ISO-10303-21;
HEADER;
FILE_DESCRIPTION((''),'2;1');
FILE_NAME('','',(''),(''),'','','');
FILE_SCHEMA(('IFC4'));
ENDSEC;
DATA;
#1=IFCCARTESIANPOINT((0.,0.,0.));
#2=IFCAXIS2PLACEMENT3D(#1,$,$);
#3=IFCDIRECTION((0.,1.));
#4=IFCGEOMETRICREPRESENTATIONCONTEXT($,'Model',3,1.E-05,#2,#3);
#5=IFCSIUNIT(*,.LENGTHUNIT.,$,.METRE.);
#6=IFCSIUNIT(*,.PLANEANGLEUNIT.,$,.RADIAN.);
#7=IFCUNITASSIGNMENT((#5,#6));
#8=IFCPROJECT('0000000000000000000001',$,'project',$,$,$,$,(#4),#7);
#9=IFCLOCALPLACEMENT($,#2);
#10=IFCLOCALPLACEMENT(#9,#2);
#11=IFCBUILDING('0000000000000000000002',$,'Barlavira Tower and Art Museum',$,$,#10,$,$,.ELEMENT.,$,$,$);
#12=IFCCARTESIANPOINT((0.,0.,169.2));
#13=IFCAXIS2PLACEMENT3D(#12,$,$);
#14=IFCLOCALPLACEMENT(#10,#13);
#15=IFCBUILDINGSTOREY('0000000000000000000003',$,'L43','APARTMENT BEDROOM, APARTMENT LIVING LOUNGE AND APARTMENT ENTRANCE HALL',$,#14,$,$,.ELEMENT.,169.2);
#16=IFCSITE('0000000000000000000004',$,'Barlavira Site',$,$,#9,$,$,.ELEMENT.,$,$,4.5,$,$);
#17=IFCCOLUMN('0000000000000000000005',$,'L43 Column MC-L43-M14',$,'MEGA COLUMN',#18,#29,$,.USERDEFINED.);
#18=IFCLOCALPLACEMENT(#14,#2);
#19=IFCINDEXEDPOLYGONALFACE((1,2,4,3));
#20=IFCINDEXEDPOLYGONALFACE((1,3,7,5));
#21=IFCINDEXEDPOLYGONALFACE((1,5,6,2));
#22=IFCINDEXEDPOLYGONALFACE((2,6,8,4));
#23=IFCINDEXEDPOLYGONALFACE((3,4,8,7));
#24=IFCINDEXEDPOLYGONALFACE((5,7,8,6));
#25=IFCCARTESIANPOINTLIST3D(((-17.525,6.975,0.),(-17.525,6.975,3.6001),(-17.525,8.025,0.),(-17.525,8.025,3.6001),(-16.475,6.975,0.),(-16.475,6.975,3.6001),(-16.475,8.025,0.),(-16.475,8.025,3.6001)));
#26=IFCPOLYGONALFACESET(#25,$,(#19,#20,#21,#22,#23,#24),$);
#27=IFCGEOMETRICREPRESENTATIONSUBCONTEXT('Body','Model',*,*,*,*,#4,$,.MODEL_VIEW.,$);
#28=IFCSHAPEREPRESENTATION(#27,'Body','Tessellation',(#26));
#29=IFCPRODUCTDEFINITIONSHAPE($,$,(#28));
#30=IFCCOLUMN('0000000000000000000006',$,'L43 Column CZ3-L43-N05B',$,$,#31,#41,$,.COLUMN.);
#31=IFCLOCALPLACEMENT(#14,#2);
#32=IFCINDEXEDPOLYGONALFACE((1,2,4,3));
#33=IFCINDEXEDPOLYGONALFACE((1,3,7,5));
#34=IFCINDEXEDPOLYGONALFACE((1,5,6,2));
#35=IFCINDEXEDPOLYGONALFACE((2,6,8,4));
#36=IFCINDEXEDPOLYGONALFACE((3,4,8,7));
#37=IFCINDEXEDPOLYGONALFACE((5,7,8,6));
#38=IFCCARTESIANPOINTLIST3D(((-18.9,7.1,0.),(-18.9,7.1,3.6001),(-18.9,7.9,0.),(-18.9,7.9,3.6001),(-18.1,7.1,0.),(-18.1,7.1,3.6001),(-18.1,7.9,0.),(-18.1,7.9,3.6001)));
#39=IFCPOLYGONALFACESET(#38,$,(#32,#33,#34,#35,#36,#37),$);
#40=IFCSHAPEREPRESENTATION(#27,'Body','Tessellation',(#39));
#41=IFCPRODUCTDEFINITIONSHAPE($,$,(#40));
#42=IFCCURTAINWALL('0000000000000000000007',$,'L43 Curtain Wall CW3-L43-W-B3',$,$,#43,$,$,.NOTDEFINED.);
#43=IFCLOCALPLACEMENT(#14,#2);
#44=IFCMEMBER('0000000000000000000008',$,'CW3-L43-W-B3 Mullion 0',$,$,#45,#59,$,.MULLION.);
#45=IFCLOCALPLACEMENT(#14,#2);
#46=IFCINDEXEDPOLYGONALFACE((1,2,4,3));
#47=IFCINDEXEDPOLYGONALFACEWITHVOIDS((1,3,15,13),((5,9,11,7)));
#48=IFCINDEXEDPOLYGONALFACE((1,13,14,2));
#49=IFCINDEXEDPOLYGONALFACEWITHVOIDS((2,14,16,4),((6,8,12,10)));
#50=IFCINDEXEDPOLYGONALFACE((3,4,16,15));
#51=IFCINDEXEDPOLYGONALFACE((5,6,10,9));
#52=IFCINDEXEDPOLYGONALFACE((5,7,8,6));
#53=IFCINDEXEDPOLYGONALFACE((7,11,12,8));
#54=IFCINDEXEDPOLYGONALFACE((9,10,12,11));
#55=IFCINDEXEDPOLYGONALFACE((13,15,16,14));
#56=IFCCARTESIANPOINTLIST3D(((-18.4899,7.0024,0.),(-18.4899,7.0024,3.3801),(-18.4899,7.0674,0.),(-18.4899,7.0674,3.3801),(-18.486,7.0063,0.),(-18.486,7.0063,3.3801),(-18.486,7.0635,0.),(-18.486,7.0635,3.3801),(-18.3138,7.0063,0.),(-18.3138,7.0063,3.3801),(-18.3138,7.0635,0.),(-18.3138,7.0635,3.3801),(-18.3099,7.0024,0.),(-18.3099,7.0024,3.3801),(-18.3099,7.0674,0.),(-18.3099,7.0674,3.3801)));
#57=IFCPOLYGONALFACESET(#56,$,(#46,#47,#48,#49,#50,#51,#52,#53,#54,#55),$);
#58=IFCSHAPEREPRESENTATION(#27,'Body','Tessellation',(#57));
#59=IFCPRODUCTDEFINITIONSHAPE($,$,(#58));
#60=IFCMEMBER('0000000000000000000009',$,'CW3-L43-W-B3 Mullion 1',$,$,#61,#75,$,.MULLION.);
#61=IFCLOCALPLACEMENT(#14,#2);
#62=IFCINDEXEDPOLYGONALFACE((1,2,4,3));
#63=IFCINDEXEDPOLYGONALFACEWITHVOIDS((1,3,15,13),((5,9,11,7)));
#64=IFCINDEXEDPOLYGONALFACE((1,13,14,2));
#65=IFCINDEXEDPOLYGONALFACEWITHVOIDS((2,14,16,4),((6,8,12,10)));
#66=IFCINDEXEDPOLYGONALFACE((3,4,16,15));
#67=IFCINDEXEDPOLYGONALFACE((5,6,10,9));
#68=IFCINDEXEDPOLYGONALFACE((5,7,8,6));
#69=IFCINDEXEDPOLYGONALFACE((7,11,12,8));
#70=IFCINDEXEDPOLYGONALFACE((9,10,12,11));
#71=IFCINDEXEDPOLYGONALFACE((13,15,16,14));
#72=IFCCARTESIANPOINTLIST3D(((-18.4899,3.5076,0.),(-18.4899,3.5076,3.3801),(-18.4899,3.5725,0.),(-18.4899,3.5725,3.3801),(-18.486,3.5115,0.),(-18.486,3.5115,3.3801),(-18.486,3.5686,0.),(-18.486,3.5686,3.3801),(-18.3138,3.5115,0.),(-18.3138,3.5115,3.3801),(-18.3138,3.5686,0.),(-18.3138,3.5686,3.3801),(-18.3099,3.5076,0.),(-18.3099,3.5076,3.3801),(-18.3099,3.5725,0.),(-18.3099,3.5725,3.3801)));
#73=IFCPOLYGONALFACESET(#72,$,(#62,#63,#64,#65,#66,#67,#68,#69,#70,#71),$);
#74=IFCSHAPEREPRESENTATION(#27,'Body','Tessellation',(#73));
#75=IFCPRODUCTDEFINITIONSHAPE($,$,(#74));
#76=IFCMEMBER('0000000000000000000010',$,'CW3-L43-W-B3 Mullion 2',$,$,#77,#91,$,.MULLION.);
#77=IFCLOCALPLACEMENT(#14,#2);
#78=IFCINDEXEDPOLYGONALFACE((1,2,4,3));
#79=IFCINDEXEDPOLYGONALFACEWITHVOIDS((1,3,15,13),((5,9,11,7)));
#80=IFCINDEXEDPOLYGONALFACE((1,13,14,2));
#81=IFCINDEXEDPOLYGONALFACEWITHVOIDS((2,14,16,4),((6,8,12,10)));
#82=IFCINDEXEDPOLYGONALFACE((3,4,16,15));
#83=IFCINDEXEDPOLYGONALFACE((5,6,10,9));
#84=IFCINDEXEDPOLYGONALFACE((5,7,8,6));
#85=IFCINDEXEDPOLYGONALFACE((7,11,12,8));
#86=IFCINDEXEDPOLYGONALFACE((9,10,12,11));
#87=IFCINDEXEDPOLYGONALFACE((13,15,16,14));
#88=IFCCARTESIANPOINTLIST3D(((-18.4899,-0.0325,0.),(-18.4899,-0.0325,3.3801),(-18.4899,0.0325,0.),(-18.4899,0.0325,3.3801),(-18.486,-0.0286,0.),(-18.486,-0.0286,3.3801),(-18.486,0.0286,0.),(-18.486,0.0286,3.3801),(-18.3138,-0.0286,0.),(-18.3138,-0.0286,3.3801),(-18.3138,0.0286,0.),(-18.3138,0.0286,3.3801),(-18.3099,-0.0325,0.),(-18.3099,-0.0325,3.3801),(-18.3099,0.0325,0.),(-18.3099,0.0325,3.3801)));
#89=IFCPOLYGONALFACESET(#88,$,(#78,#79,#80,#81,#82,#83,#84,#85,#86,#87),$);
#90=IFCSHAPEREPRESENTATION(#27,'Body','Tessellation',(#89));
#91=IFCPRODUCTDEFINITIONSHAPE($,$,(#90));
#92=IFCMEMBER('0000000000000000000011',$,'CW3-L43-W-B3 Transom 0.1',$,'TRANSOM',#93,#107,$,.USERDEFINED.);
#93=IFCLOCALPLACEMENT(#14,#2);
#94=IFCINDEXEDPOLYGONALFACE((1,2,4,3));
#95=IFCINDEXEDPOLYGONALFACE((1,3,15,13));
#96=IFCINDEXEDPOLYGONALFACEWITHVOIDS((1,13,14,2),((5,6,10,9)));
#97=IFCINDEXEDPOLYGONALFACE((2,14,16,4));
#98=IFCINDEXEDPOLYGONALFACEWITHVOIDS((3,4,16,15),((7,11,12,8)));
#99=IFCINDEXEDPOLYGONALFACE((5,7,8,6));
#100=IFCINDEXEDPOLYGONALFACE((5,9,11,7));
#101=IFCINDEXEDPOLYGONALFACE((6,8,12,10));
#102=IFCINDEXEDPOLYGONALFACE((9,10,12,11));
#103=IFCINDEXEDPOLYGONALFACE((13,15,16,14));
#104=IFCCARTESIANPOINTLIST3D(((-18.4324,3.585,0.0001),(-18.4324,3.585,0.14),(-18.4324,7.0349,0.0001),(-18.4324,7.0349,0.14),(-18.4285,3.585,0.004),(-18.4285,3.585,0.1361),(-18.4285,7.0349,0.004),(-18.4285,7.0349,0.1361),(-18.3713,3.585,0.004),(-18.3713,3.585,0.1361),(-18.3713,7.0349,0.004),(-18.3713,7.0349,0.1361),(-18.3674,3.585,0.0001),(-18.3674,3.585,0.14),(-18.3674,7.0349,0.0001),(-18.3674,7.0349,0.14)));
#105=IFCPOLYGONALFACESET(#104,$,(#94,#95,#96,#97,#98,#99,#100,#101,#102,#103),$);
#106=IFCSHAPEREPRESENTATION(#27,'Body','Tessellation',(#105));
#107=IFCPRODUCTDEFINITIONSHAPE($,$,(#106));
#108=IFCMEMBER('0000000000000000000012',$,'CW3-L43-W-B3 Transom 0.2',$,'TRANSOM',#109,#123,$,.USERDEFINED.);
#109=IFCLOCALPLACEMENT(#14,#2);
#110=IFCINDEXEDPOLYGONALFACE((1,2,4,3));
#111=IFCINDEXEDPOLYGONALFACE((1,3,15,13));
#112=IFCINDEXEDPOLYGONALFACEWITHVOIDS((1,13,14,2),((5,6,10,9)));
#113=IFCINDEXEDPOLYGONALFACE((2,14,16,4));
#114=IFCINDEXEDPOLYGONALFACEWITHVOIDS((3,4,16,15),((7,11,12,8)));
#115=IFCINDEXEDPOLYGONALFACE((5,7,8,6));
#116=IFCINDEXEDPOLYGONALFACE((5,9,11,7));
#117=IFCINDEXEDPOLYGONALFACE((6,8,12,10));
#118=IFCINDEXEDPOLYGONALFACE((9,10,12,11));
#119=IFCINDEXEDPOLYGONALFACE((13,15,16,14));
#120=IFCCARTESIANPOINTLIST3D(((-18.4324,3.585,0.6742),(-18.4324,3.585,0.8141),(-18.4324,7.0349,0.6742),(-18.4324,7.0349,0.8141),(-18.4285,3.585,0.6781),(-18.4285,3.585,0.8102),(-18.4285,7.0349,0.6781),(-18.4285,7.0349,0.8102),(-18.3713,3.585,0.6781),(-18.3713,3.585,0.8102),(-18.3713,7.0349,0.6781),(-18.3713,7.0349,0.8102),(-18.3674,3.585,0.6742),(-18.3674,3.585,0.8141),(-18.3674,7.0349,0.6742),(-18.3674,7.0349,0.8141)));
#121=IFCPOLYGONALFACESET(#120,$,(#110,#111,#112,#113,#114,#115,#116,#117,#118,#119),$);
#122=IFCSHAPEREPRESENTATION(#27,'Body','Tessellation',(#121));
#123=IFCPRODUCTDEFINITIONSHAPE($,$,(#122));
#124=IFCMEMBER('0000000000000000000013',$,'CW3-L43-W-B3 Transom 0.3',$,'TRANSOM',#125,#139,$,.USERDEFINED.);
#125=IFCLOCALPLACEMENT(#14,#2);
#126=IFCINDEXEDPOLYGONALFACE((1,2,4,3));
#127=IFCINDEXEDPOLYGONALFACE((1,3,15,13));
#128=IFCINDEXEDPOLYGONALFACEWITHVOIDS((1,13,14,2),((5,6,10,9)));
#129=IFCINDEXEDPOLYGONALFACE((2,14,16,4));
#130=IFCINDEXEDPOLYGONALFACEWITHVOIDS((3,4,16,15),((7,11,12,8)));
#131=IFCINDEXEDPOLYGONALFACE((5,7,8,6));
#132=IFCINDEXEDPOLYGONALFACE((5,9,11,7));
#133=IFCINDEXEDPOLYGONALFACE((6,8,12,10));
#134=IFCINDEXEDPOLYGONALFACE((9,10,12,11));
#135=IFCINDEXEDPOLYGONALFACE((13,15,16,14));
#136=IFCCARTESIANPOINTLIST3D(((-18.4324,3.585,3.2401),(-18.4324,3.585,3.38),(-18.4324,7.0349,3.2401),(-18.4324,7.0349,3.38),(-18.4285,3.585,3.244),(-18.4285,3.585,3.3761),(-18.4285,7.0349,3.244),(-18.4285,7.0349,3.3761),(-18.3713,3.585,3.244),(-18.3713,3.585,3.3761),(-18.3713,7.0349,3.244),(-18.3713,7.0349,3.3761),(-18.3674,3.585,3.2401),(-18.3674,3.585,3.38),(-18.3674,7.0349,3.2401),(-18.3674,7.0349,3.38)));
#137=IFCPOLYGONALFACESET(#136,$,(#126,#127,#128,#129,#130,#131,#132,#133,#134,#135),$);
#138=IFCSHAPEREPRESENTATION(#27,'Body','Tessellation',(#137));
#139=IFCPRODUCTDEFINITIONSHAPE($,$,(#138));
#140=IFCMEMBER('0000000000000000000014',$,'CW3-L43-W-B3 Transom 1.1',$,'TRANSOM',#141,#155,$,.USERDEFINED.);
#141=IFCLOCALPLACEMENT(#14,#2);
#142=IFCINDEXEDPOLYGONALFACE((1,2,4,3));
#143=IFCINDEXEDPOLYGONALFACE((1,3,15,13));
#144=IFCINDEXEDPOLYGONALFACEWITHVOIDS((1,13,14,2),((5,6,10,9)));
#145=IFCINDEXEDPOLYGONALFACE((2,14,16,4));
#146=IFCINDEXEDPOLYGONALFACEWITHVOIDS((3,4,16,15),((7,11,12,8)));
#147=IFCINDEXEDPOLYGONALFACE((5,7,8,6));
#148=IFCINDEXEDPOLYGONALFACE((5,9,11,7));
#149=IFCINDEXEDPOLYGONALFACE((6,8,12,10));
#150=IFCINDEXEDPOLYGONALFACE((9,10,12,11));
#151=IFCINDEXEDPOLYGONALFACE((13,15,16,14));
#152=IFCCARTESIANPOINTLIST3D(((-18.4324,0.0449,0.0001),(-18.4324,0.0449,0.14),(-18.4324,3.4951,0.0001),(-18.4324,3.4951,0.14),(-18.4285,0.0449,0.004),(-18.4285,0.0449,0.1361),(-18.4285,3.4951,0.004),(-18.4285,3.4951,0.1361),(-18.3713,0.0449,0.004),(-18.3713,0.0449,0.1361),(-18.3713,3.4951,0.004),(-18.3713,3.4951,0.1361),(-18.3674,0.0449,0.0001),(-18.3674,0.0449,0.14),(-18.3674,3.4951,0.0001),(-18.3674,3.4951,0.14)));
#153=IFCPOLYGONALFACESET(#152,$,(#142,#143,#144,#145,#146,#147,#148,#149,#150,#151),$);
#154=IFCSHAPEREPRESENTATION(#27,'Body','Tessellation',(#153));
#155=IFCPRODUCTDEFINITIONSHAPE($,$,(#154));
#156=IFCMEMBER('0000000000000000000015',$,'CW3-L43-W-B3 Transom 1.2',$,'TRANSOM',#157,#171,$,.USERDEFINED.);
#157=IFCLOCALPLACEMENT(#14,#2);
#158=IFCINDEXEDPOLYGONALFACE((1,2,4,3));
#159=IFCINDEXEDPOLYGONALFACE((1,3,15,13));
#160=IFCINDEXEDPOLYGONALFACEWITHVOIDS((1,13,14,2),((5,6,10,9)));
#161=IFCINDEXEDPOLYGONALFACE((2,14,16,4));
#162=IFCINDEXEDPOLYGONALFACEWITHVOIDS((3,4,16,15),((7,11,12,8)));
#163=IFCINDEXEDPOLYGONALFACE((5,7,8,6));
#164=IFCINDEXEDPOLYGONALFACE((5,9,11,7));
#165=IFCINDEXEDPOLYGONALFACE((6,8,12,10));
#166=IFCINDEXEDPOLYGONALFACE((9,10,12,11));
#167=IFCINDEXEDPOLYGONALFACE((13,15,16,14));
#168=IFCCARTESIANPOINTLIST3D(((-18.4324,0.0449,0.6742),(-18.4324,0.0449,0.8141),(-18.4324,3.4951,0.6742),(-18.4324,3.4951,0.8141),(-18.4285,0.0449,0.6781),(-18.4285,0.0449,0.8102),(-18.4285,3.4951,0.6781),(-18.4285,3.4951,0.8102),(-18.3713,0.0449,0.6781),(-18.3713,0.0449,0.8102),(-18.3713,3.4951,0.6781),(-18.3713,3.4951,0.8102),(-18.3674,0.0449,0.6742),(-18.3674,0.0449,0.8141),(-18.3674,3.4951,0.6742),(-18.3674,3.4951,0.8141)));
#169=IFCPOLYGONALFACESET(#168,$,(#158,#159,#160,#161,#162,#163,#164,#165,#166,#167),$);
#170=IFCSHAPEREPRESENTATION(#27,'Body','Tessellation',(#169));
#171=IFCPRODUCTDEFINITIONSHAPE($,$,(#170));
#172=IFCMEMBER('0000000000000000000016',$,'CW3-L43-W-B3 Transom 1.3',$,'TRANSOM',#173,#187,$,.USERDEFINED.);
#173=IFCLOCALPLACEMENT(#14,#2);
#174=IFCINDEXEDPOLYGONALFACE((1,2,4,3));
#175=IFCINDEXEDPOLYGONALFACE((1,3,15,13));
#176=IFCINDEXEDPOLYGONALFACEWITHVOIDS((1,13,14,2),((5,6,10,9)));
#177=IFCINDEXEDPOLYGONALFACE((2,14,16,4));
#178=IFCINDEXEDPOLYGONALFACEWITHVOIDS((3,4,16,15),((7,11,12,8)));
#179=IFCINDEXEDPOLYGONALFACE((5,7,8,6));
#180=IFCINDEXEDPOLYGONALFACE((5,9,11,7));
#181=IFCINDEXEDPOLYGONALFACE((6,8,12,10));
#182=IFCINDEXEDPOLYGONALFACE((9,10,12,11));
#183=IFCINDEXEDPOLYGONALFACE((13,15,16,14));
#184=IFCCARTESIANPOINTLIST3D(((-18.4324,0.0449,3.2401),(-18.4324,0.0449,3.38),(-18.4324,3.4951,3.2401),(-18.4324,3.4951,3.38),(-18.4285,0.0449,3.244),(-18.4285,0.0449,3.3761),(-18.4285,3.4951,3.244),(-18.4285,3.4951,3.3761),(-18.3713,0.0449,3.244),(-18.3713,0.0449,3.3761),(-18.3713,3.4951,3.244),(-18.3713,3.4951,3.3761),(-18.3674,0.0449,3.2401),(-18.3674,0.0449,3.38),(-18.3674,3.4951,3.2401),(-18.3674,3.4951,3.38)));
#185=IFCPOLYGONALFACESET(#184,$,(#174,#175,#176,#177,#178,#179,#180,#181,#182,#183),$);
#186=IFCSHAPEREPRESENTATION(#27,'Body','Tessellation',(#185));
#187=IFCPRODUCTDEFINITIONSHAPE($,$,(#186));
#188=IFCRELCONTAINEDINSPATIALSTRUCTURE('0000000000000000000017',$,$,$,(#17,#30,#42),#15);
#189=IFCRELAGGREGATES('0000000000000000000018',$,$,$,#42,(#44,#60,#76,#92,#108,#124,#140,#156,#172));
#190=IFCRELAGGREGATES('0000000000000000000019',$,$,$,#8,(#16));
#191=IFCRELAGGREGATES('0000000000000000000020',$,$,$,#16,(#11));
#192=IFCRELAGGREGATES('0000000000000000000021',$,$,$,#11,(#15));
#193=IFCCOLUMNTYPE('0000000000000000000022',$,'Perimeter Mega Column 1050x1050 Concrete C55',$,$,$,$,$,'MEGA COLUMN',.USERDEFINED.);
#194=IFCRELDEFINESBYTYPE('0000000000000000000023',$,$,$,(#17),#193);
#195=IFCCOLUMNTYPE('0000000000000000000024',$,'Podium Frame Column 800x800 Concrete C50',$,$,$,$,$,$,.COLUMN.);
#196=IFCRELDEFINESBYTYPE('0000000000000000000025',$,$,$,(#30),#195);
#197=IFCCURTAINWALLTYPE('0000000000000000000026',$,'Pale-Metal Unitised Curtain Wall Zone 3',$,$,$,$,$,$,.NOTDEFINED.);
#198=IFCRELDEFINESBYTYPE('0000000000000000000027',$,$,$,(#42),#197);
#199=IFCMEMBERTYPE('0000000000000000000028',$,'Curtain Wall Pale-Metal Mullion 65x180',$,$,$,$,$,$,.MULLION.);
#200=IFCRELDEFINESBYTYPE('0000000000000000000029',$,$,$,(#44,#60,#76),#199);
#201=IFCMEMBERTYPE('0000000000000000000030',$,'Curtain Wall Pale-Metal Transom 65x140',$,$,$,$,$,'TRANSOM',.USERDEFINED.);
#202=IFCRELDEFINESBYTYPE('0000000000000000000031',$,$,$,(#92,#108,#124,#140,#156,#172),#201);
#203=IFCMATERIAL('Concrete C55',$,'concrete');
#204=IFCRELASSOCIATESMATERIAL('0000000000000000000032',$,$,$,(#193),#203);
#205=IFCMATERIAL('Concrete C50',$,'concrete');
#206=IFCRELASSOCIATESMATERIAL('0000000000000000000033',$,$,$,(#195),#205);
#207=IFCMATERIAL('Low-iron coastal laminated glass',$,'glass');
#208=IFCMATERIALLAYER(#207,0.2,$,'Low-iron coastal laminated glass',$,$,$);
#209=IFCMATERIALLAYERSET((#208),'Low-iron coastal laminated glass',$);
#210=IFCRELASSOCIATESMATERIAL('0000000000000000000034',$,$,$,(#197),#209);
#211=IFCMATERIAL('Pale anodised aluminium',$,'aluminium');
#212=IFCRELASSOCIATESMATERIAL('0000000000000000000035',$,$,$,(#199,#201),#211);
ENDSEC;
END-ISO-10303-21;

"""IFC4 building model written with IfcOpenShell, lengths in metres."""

from ifc_helpers import new_model, si_unit, direction, frame, origin, origin_2d, place, context, subcontext, project, spatial, rectangle, hollow_rectangle, extrude, material, layer, layer_set, material_profile, profile_set, type_object, element, aggregate, save


model = new_model("IFC4")

# Units and contexts
model_context = context("Model", 3, precision=1e-05, world=origin(), true_north=direction((0.0, 1.0)))
body_context = subcontext(model_context, "Body", "Model", "MODEL_VIEW")
ifc_project = project(units=[si_unit("LENGTHUNIT", "METRE"), si_unit("PLANEANGLEUNIT", "RADIAN")], contexts=[model_context])

# Site, building, storey
site_placement = place(None, origin())
site = spatial("IfcSite", under=ifc_project, at=site_placement, Name="Barlavira Site", CompositionType="ELEMENT", RefElevation=4.5)
building_placement = place(site_placement, origin())
building = spatial("IfcBuilding", under=site, at=building_placement, Name="Barlavira Tower and Art Museum", CompositionType="ELEMENT")
storey_placement = place(building_placement, frame((0.0, 0.0, 169.2)))
storey = spatial("IfcBuildingStorey", under=building, at=storey_placement, Name="L43", Description="APARTMENT BEDROOM, APARTMENT LIVING LOUNGE AND APARTMENT ENTRANCE HALL", CompositionType="ELEMENT", Elevation=169.2)

# Columns
ifc_material_1 = material(Name="Concrete C55", Category="concrete")
ifc_material_profile_1 = material_profile(ifc_material_1, rectangle(XDim=1.05, YDim=1.05, at=origin_2d()), Name="RC-COL 1050x1050")
ifc_profile_set_1 = profile_set([ifc_material_profile_1], Name="Concrete C55")
column_type_1 = type_object("IfcColumnType", Name="Perimeter Mega Column 1050x1050 Concrete C55", ElementType="MEGA COLUMN", PredefinedType="USERDEFINED", material=ifc_profile_set_1)
column_1_placement = place(storey_placement, frame((-17.0, 7.5, 0.0), z_axis=(0.0, 0.0, 1.0), x_axis=(1.0, 0.0, 0.0)))
element("IfcColumn", 1, at=column_1_placement, inside=storey, type_object=column_type_1, Name="L43 Column MC-L43-M14", ObjectType="MEGA COLUMN", PredefinedType="USERDEFINED", context=body_context, shape_type="SweptSolid", body=[
    extrude(rectangle(XDim=1.05, YDim=1.05, at=origin_2d()), origin(), (0.0, 0.0, 1.0), 3.6001),
])
ifc_material_2 = material(Name="Concrete C50", Category="concrete")
ifc_material_profile_2 = material_profile(ifc_material_2, rectangle(XDim=0.8, YDim=0.8, at=origin_2d()), Name="RC-COL 800x800")
ifc_profile_set_2 = profile_set([ifc_material_profile_2], Name="Concrete C50")
column_type_2 = type_object("IfcColumnType", Name="Podium Frame Column 800x800 Concrete C50", PredefinedType="COLUMN", material=ifc_profile_set_2)
column_2_placement = place(storey_placement, frame((-18.5, 7.5, 0.0), z_axis=(0.0, 0.0, 1.0), x_axis=(1.0, 0.0, 0.0)))
element("IfcColumn", 2, at=column_2_placement, inside=storey, type_object=column_type_2, Name="L43 Column CZ3-L43-N05B", PredefinedType="COLUMN", context=body_context, shape_type="SweptSolid", body=[
    extrude(rectangle(XDim=0.8, YDim=0.8, at=origin_2d()), origin(), (0.0, 0.0, 1.0), 3.6001),
])

# Curtain wall, members
ifc_material_3 = material(Name="Low-iron coastal laminated glass", Category="glass")
ifc_layer_1 = layer(ifc_material_3, 0.2, Name="Low-iron coastal laminated glass")
ifc_layer_set_1 = layer_set([ifc_layer_1], Name="Low-iron coastal laminated glass")
curtain_wall_type = type_object("IfcCurtainWallType", Name="Pale-Metal Unitised Curtain Wall Zone 3", PredefinedType="NOTDEFINED", material=ifc_layer_set_1)
curtain_wall_placement = place(storey_placement, origin())
curtain_wall = element("IfcCurtainWall", 3, at=curtain_wall_placement, inside=storey, type_object=curtain_wall_type, Name="L43 Curtain Wall CW3-L43-W-B3", PredefinedType="NOTDEFINED")
ifc_material_4 = material(Name="Pale anodised aluminium", Category="aluminium")
ifc_material_profile_3 = material_profile(ifc_material_4, hollow_rectangle(XDim=0.0649, YDim=0.1799, WallThickness=0.0039, at=origin_2d()), Name="ALU-MULL 65x180x4")
ifc_profile_set_3 = profile_set([ifc_material_profile_3], Name="Pale anodised aluminium")
member_type_1 = type_object("IfcMemberType", Name="Curtain Wall Pale-Metal Mullion 65x180", PredefinedType="MULLION", material=ifc_profile_set_3)
member_1_placement = place(storey_placement, frame((-18.3999, 7.0349, 0.0), z_axis=(0.0, 0.0, 1.0), x_axis=(0.0, -1.0, 0.0)))
member_1 = element("IfcMember", 4, at=member_1_placement, type_object=member_type_1, Name="CW3-L43-W-B3 Mullion 0", PredefinedType="MULLION", context=body_context, shape_type="SweptSolid", body=[
    extrude(hollow_rectangle(XDim=0.0649, YDim=0.1799, WallThickness=0.0039, at=origin_2d()), origin(), (0.0, 0.0, 1.0), 3.3801),
])
member_2_placement = place(storey_placement, frame((-18.3999, 3.54, 0.0), z_axis=(0.0, 0.0, 1.0), x_axis=(0.0, -1.0, 0.0)))
member_2 = element("IfcMember", 5, at=member_2_placement, type_object=member_type_1, Name="CW3-L43-W-B3 Mullion 1", PredefinedType="MULLION", context=body_context, shape_type="SweptSolid", body=[
    extrude(hollow_rectangle(XDim=0.0649, YDim=0.1799, WallThickness=0.0039, at=origin_2d()), origin(), (0.0, 0.0, 1.0), 3.3801),
])
member_3_placement = place(storey_placement, frame((-18.3999, 0.0, 0.0), z_axis=(0.0, 0.0, 1.0), x_axis=(0.0, -1.0, 0.0)))
member_3 = element("IfcMember", 6, at=member_3_placement, type_object=member_type_1, Name="CW3-L43-W-B3 Mullion 2", PredefinedType="MULLION", context=body_context, shape_type="SweptSolid", body=[
    extrude(hollow_rectangle(XDim=0.0649, YDim=0.1799, WallThickness=0.0039, at=origin_2d()), origin(), (0.0, 0.0, 1.0), 3.3801),
])
ifc_material_profile_4 = material_profile(ifc_material_4, hollow_rectangle(XDim=0.0649, YDim=0.1399, WallThickness=0.0039, at=origin_2d()), Name="ALU-TRAN 65x140x4")
ifc_profile_set_4 = profile_set([ifc_material_profile_4], Name="Pale anodised aluminium")
member_type_2 = type_object("IfcMemberType", Name="Curtain Wall Pale-Metal Transom 65x140", ElementType="TRANSOM", PredefinedType="USERDEFINED", material=ifc_profile_set_4)
member_4_placement = place(storey_placement, frame((-18.3999, 7.0349, 0.0701), z_axis=(0.0, -1.0, 0.0), x_axis=(1.0, 0.0, 0.0)))
member_4 = element("IfcMember", 7, at=member_4_placement, type_object=member_type_2, Name="CW3-L43-W-B3 Transom 0.1", ObjectType="TRANSOM", PredefinedType="USERDEFINED", context=body_context, shape_type="SweptSolid", body=[
    extrude(hollow_rectangle(XDim=0.0649, YDim=0.1399, WallThickness=0.0039, at=origin_2d()), origin(), (0.0, 0.0, 1.0), 3.45),
])
member_5_placement = place(storey_placement, frame((-18.3999, 7.0349, 0.7441), z_axis=(0.0, -1.0, 0.0), x_axis=(1.0, 0.0, 0.0)))
member_5 = element("IfcMember", 8, at=member_5_placement, type_object=member_type_2, Name="CW3-L43-W-B3 Transom 0.2", ObjectType="TRANSOM", PredefinedType="USERDEFINED", context=body_context, shape_type="SweptSolid", body=[
    extrude(hollow_rectangle(XDim=0.0649, YDim=0.1399, WallThickness=0.0039, at=origin_2d()), origin(), (0.0, 0.0, 1.0), 3.45),
])
member_6_placement = place(storey_placement, frame((-18.3999, 7.0349, 3.3101), z_axis=(0.0, -1.0, 0.0), x_axis=(1.0, 0.0, 0.0)))
member_6 = element("IfcMember", 9, at=member_6_placement, type_object=member_type_2, Name="CW3-L43-W-B3 Transom 0.3", ObjectType="TRANSOM", PredefinedType="USERDEFINED", context=body_context, shape_type="SweptSolid", body=[
    extrude(hollow_rectangle(XDim=0.0649, YDim=0.1399, WallThickness=0.0039, at=origin_2d()), origin(), (0.0, 0.0, 1.0), 3.45),
])
member_7_placement = place(storey_placement, frame((-18.3999, 3.4951, 0.0701), z_axis=(0.0, -1.0, 0.0), x_axis=(1.0, 0.0, 0.0)))
member_7 = element("IfcMember", 10, at=member_7_placement, type_object=member_type_2, Name="CW3-L43-W-B3 Transom 1.1", ObjectType="TRANSOM", PredefinedType="USERDEFINED", context=body_context, shape_type="SweptSolid", body=[
    extrude(hollow_rectangle(XDim=0.0649, YDim=0.1399, WallThickness=0.0039, at=origin_2d()), origin(), (0.0, 0.0, 1.0), 3.4502),
])
member_8_placement = place(storey_placement, frame((-18.3999, 3.4951, 0.7441), z_axis=(0.0, -1.0, 0.0), x_axis=(1.0, 0.0, 0.0)))
member_8 = element("IfcMember", 11, at=member_8_placement, type_object=member_type_2, Name="CW3-L43-W-B3 Transom 1.2", ObjectType="TRANSOM", PredefinedType="USERDEFINED", context=body_context, shape_type="SweptSolid", body=[
    extrude(hollow_rectangle(XDim=0.0649, YDim=0.1399, WallThickness=0.0039, at=origin_2d()), origin(), (0.0, 0.0, 1.0), 3.4502),
])
member_9_placement = place(storey_placement, frame((-18.3999, 3.4951, 3.3101), z_axis=(0.0, -1.0, 0.0), x_axis=(1.0, 0.0, 0.0)))
member_9 = element("IfcMember", 12, at=member_9_placement, type_object=member_type_2, Name="CW3-L43-W-B3 Transom 1.3", ObjectType="TRANSOM", PredefinedType="USERDEFINED", context=body_context, shape_type="SweptSolid", body=[
    extrude(hollow_rectangle(XDim=0.0649, YDim=0.1399, WallThickness=0.0039, at=origin_2d()), origin(), (0.0, 0.0, 1.0), 3.4502),
])

aggregate(curtain_wall, [member_1, member_2, member_3, member_4, member_5, member_6, member_7, member_8, member_9])

save(model, "model.ifc")
